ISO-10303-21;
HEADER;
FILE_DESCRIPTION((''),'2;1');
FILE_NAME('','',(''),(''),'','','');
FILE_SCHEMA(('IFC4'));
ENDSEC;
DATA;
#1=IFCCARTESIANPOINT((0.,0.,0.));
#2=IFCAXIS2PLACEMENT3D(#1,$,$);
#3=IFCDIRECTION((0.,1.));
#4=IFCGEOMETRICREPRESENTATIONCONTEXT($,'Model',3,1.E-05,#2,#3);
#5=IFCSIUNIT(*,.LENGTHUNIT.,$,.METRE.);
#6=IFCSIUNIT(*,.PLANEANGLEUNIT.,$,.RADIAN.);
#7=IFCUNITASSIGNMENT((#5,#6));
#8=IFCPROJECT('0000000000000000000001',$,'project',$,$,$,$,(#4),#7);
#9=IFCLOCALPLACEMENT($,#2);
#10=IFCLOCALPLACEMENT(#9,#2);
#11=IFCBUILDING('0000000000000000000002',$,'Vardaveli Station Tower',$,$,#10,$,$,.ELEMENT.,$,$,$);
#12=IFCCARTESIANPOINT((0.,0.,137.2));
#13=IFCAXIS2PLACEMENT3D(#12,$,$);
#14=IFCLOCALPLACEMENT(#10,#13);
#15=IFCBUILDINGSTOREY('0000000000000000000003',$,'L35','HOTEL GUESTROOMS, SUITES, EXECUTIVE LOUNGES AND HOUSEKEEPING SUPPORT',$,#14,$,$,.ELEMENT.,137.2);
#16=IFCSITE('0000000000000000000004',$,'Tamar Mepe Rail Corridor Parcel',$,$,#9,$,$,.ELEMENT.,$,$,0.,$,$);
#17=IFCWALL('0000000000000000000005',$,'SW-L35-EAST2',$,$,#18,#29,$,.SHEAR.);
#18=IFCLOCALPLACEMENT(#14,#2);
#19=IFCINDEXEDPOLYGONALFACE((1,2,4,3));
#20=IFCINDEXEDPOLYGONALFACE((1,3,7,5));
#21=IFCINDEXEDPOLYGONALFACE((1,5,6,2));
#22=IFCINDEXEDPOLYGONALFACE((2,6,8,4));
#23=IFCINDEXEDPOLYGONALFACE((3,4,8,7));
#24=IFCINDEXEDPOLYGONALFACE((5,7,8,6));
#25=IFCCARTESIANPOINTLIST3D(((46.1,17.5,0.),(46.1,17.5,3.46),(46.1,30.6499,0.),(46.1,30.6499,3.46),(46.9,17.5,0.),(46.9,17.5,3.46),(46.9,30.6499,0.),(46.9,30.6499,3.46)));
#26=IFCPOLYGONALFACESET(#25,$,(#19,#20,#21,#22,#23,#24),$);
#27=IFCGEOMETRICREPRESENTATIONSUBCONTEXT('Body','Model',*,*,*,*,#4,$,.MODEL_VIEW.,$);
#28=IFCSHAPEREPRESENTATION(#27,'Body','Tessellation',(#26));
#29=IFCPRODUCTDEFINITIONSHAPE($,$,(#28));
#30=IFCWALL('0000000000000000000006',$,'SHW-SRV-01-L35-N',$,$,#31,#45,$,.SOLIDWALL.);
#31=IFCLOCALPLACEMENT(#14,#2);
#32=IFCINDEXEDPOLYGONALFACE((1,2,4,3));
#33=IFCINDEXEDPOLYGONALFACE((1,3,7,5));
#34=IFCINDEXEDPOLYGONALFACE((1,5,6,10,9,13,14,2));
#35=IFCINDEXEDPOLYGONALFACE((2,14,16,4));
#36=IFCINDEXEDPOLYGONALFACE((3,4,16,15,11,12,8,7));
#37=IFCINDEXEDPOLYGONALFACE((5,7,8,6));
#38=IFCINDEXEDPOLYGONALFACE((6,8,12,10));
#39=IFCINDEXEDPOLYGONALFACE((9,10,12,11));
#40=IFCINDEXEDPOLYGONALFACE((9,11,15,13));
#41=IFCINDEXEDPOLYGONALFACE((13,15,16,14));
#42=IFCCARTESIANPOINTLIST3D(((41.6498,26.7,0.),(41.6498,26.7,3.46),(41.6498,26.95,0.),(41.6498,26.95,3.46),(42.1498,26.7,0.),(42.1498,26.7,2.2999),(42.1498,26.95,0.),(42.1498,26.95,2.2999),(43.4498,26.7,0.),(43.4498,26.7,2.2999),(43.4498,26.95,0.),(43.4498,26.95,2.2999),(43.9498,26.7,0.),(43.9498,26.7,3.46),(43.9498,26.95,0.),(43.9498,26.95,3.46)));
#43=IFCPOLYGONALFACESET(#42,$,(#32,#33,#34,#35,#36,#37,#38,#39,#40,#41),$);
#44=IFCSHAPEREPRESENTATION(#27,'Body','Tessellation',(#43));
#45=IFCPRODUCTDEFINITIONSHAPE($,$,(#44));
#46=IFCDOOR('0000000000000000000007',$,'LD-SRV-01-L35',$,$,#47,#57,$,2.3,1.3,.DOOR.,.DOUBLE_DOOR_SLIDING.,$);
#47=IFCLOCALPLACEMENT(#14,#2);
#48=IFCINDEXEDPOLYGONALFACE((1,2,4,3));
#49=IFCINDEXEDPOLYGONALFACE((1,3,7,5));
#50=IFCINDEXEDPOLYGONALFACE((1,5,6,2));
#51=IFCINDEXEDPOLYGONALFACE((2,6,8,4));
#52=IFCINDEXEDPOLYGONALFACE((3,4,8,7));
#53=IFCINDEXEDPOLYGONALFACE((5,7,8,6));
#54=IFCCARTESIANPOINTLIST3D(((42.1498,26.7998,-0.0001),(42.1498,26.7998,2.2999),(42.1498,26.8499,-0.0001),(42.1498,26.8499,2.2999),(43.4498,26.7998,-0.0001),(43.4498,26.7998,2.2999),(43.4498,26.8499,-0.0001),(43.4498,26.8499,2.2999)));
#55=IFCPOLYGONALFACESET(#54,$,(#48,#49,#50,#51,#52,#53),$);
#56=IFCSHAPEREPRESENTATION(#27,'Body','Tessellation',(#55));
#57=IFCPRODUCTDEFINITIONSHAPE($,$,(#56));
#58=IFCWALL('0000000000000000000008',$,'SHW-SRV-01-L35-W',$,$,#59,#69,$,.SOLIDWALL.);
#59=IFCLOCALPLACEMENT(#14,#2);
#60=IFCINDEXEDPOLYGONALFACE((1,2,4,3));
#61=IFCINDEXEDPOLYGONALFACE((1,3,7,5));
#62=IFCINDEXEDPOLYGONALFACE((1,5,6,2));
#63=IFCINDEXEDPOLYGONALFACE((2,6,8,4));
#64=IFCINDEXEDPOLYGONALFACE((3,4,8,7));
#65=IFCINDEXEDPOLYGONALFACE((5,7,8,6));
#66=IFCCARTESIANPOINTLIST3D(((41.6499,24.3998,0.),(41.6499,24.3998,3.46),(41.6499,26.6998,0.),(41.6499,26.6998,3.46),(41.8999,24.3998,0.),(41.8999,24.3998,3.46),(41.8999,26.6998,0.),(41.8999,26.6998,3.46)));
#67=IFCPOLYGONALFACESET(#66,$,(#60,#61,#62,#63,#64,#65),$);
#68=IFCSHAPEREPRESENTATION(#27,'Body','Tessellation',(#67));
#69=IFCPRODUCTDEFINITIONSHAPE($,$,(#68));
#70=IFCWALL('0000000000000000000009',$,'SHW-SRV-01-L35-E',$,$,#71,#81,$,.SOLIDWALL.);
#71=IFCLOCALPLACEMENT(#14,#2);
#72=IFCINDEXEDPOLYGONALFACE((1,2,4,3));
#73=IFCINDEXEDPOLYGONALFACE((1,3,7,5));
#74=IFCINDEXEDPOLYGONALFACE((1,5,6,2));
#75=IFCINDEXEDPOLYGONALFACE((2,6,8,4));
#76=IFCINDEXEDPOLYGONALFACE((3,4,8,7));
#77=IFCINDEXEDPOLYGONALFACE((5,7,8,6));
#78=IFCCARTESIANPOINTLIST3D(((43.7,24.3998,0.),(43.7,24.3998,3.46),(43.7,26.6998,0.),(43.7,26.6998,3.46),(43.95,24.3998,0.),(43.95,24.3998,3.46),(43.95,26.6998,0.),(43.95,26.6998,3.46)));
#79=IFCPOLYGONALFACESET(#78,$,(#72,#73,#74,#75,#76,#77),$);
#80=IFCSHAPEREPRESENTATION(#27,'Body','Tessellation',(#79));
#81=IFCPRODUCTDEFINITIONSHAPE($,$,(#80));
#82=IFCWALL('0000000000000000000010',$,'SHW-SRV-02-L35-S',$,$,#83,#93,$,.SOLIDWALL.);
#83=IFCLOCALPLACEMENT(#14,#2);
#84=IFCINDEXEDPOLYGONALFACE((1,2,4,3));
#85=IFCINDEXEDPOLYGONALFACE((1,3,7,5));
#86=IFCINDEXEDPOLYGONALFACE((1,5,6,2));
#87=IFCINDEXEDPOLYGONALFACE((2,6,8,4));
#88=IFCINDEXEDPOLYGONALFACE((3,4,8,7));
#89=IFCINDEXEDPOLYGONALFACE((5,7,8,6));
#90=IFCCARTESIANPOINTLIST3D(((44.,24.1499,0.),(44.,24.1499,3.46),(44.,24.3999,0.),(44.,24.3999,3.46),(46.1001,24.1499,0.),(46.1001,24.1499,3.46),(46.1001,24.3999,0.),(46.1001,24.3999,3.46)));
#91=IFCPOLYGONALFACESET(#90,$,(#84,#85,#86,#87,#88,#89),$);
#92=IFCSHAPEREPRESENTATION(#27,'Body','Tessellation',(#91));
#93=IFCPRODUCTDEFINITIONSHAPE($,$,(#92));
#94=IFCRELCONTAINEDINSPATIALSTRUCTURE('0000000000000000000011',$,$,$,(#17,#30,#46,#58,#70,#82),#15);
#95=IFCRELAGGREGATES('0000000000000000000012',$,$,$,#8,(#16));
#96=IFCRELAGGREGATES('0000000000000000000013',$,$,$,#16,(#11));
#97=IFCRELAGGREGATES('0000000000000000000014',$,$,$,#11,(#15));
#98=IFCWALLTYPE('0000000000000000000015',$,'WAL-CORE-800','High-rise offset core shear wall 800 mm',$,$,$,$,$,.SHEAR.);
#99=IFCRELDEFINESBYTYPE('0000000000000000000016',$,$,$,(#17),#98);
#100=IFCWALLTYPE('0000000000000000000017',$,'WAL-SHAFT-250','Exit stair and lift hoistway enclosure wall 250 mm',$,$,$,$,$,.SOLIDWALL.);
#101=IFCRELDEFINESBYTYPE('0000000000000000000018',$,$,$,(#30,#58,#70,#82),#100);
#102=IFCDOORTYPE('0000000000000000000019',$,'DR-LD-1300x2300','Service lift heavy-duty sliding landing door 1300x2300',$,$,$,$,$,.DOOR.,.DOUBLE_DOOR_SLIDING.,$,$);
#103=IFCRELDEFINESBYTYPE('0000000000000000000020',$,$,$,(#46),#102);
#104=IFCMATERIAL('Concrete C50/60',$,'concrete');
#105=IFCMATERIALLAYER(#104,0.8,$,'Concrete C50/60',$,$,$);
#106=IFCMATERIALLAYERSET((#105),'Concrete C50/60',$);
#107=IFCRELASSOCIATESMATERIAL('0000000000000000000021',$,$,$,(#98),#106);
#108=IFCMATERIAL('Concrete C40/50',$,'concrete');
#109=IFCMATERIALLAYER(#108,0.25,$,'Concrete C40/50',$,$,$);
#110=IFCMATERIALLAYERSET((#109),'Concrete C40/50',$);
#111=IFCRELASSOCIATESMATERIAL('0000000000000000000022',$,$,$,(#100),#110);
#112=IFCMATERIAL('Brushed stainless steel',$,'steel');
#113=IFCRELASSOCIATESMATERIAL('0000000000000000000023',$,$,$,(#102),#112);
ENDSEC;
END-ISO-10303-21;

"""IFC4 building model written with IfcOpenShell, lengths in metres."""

from ifc_helpers import new_model, si_unit, direction, frame, frame_2d, origin, place, context, subcontext, project, spatial, rectangle, extrude, source, transform, mapped, material, layer, layer_set, type_object, element, fill, save


model = new_model("IFC4")

# Units and contexts
model_context = context("Model", 3, precision=1e-05, world=origin(), true_north=direction((0.0, 1.0)))
body_context = subcontext(model_context, "Body", "Model", "MODEL_VIEW")
ifc_project = project(units=[si_unit("LENGTHUNIT", "METRE"), si_unit("PLANEANGLEUNIT", "RADIAN")], contexts=[model_context])

# Site, building, storey
site_placement = place(None, origin())
site = spatial("IfcSite", under=ifc_project, at=site_placement, Name="Tamar Mepe Rail Corridor Parcel", CompositionType="ELEMENT", RefElevation=0.0)
building_placement = place(site_placement, origin())
building = spatial("IfcBuilding", under=site, at=building_placement, Name="Vardaveli Station Tower", CompositionType="ELEMENT")
storey_placement = place(building_placement, frame((0.0, 0.0, 137.2)))
storey = spatial("IfcBuildingStorey", under=building, at=storey_placement, Name="L35", Description="HOTEL GUESTROOMS, SUITES, EXECUTIVE LOUNGES AND HOUSEKEEPING SUPPORT", CompositionType="ELEMENT", Elevation=137.2)

# Wall
ifc_material_1 = material(Name="Concrete C50/60", Category="concrete")
ifc_layer_1 = layer(ifc_material_1, 0.8, Name="Concrete C50/60")
ifc_layer_set_1 = layer_set([ifc_layer_1], Name="Concrete C50/60")
wall_type_1 = type_object("IfcWallType", Name="WAL-CORE-800", Description="High-rise offset core shear wall 800 mm", PredefinedType="SHEAR", material=ifc_layer_set_1)
shared_shape_1 = source(origin(), body_context, "Body", "SweptSolid", [
    extrude(rectangle(XDim=13.1499, YDim=0.8, at=frame_2d((6.575, 0.0))), origin(), (0.0, 0.0, 1.0), 3.46),
])
wall_1_placement = place(storey_placement, frame((46.5, 17.5, 0.0), z_axis=(0.0, 0.0, 1.0), x_axis=(0.0, 1.0, 0.0)))
element("IfcWall", 1, at=wall_1_placement, inside=storey, type_object=wall_type_1, Name="SW-L35-EAST2", PredefinedType="SHEAR", context=body_context, shape_type="MappedRepresentation", body=[
    mapped(shared_shape_1, transform((0.0, 0.0, 0.0), scale=1.0)),
])

# Wall, opening, door
ifc_material_2 = material(Name="Concrete C40/50", Category="concrete")
ifc_layer_2 = layer(ifc_material_2, 0.25, Name="Concrete C40/50")
ifc_layer_set_2 = layer_set([ifc_layer_2], Name="Concrete C40/50")
wall_type_2 = type_object("IfcWallType", Name="WAL-SHAFT-250", Description="Exit stair and lift hoistway enclosure wall 250 mm", PredefinedType="SOLIDWALL", material=ifc_layer_set_2)
shared_shape_2 = source(origin(), body_context, "Body", "SweptSolid", [
    extrude(rectangle(XDim=2.3, YDim=0.25, at=frame_2d((1.1499, 0.0))), origin(), (0.0, 0.0, 1.0), 3.46),
])
wall_2_placement = place(storey_placement, frame((41.6499, 26.825, 0.0), z_axis=(0.0, 0.0, 1.0), x_axis=(1.0, 0.0, 0.0)))
wall_2 = element("IfcWall", 2, at=wall_2_placement, inside=storey, type_object=wall_type_2, Name="SHW-SRV-01-L35-N", PredefinedType="SOLIDWALL", context=body_context, shape_type="MappedRepresentation", body=[
    mapped(shared_shape_2, transform((0.0, 0.0, 0.0), scale=1.0)),
])
shared_shape_3 = source(origin(), body_context, "Body", "SweptSolid", [
    extrude(rectangle(XDim=1.3, YDim=2.3, at=frame_2d((0.6499, 1.1499))), frame((0.0, 0.135, 0.0), z_axis=(0.0, -1.0, 0.0), x_axis=(1.0, 0.0, 0.0)), (0.0, 0.0, 1.0), 0.27),
])
opening_placement = place(wall_2_placement, frame((0.5, 0.0, 0.0)))
opening = element("IfcOpeningElement", 3, at=opening_placement, cuts=wall_2, PredefinedType="OPENING", context=body_context, shape_type="MappedRepresentation", body=[
    mapped(shared_shape_3, transform((0.0, 0.0, 0.0), scale=1.0)),
])
ifc_material_3 = material(Name="Brushed stainless steel", Category="steel")
door_type = type_object("IfcDoorType", Name="DR-LD-1300x2300", Description="Service lift heavy-duty sliding landing door 1300x2300", OperationType="DOUBLE_DOOR_SLIDING", PredefinedType="DOOR", material=ifc_material_3)
shared_shape_4 = source(origin(), body_context, "Body", "SweptSolid", [
    extrude(rectangle(XDim=1.3, YDim=2.3, at=frame_2d((0.6499, 1.1499))), frame((0.0, 0.0249, 0.0), z_axis=(0.0, -1.0, 0.0), x_axis=(1.0, 0.0, 0.0)), (0.0, 0.0, 1.0), 0.05),
])
door_placement = place(opening_placement, origin())
door = element("IfcDoor", 4, at=door_placement, inside=storey, type_object=door_type, Name="LD-SRV-01-L35", OperationType="DOUBLE_DOOR_SLIDING", OverallHeight=2.3, OverallWidth=1.3, PredefinedType="DOOR", context=body_context, shape_type="MappedRepresentation", body=[
    mapped(shared_shape_4, transform((0.0, 0.0, 0.0), scale=1.0)),
])
fill(opening, door)

# Walls
for number, where, z_axis, x_axis, name in (
    (5, (41.7749, 24.3999, 0.0), (0.0, 0.0, 1.0), (0.0, 1.0, 0.0), "SHW-SRV-01-L35-W"),
    (6, (43.825, 24.3999, 0.0), (0.0, 0.0, 1.0), (0.0, 1.0, 0.0), "SHW-SRV-01-L35-E"),
):
    element("IfcWall", number, at=place(storey_placement, frame(where, z_axis=z_axis, x_axis=x_axis)), inside=storey, type_object=wall_type_2, Name=name, PredefinedType="SOLIDWALL", context=body_context, shape_type="MappedRepresentation", body=[
        mapped(shared_shape_2, transform((0.0, 0.0, 0.0), scale=1.0)),
    ])
shared_shape_5 = source(origin(), body_context, "Body", "SweptSolid", [
    extrude(rectangle(XDim=2.1001, YDim=0.25, at=frame_2d((1.05, 0.0))), origin(), (0.0, 0.0, 1.0), 3.46),
])
wall_3_placement = place(storey_placement, frame((44.0, 24.2749, 0.0), z_axis=(0.0, 0.0, 1.0), x_axis=(1.0, 0.0, 0.0)))
element("IfcWall", 7, at=wall_3_placement, inside=storey, type_object=wall_type_2, Name="SHW-SRV-02-L35-S", PredefinedType="SOLIDWALL", context=body_context, shape_type="MappedRepresentation", body=[
    mapped(shared_shape_5, transform((0.0, 0.0, 0.0), scale=1.0)),
])

save(model, "model.ifc")
